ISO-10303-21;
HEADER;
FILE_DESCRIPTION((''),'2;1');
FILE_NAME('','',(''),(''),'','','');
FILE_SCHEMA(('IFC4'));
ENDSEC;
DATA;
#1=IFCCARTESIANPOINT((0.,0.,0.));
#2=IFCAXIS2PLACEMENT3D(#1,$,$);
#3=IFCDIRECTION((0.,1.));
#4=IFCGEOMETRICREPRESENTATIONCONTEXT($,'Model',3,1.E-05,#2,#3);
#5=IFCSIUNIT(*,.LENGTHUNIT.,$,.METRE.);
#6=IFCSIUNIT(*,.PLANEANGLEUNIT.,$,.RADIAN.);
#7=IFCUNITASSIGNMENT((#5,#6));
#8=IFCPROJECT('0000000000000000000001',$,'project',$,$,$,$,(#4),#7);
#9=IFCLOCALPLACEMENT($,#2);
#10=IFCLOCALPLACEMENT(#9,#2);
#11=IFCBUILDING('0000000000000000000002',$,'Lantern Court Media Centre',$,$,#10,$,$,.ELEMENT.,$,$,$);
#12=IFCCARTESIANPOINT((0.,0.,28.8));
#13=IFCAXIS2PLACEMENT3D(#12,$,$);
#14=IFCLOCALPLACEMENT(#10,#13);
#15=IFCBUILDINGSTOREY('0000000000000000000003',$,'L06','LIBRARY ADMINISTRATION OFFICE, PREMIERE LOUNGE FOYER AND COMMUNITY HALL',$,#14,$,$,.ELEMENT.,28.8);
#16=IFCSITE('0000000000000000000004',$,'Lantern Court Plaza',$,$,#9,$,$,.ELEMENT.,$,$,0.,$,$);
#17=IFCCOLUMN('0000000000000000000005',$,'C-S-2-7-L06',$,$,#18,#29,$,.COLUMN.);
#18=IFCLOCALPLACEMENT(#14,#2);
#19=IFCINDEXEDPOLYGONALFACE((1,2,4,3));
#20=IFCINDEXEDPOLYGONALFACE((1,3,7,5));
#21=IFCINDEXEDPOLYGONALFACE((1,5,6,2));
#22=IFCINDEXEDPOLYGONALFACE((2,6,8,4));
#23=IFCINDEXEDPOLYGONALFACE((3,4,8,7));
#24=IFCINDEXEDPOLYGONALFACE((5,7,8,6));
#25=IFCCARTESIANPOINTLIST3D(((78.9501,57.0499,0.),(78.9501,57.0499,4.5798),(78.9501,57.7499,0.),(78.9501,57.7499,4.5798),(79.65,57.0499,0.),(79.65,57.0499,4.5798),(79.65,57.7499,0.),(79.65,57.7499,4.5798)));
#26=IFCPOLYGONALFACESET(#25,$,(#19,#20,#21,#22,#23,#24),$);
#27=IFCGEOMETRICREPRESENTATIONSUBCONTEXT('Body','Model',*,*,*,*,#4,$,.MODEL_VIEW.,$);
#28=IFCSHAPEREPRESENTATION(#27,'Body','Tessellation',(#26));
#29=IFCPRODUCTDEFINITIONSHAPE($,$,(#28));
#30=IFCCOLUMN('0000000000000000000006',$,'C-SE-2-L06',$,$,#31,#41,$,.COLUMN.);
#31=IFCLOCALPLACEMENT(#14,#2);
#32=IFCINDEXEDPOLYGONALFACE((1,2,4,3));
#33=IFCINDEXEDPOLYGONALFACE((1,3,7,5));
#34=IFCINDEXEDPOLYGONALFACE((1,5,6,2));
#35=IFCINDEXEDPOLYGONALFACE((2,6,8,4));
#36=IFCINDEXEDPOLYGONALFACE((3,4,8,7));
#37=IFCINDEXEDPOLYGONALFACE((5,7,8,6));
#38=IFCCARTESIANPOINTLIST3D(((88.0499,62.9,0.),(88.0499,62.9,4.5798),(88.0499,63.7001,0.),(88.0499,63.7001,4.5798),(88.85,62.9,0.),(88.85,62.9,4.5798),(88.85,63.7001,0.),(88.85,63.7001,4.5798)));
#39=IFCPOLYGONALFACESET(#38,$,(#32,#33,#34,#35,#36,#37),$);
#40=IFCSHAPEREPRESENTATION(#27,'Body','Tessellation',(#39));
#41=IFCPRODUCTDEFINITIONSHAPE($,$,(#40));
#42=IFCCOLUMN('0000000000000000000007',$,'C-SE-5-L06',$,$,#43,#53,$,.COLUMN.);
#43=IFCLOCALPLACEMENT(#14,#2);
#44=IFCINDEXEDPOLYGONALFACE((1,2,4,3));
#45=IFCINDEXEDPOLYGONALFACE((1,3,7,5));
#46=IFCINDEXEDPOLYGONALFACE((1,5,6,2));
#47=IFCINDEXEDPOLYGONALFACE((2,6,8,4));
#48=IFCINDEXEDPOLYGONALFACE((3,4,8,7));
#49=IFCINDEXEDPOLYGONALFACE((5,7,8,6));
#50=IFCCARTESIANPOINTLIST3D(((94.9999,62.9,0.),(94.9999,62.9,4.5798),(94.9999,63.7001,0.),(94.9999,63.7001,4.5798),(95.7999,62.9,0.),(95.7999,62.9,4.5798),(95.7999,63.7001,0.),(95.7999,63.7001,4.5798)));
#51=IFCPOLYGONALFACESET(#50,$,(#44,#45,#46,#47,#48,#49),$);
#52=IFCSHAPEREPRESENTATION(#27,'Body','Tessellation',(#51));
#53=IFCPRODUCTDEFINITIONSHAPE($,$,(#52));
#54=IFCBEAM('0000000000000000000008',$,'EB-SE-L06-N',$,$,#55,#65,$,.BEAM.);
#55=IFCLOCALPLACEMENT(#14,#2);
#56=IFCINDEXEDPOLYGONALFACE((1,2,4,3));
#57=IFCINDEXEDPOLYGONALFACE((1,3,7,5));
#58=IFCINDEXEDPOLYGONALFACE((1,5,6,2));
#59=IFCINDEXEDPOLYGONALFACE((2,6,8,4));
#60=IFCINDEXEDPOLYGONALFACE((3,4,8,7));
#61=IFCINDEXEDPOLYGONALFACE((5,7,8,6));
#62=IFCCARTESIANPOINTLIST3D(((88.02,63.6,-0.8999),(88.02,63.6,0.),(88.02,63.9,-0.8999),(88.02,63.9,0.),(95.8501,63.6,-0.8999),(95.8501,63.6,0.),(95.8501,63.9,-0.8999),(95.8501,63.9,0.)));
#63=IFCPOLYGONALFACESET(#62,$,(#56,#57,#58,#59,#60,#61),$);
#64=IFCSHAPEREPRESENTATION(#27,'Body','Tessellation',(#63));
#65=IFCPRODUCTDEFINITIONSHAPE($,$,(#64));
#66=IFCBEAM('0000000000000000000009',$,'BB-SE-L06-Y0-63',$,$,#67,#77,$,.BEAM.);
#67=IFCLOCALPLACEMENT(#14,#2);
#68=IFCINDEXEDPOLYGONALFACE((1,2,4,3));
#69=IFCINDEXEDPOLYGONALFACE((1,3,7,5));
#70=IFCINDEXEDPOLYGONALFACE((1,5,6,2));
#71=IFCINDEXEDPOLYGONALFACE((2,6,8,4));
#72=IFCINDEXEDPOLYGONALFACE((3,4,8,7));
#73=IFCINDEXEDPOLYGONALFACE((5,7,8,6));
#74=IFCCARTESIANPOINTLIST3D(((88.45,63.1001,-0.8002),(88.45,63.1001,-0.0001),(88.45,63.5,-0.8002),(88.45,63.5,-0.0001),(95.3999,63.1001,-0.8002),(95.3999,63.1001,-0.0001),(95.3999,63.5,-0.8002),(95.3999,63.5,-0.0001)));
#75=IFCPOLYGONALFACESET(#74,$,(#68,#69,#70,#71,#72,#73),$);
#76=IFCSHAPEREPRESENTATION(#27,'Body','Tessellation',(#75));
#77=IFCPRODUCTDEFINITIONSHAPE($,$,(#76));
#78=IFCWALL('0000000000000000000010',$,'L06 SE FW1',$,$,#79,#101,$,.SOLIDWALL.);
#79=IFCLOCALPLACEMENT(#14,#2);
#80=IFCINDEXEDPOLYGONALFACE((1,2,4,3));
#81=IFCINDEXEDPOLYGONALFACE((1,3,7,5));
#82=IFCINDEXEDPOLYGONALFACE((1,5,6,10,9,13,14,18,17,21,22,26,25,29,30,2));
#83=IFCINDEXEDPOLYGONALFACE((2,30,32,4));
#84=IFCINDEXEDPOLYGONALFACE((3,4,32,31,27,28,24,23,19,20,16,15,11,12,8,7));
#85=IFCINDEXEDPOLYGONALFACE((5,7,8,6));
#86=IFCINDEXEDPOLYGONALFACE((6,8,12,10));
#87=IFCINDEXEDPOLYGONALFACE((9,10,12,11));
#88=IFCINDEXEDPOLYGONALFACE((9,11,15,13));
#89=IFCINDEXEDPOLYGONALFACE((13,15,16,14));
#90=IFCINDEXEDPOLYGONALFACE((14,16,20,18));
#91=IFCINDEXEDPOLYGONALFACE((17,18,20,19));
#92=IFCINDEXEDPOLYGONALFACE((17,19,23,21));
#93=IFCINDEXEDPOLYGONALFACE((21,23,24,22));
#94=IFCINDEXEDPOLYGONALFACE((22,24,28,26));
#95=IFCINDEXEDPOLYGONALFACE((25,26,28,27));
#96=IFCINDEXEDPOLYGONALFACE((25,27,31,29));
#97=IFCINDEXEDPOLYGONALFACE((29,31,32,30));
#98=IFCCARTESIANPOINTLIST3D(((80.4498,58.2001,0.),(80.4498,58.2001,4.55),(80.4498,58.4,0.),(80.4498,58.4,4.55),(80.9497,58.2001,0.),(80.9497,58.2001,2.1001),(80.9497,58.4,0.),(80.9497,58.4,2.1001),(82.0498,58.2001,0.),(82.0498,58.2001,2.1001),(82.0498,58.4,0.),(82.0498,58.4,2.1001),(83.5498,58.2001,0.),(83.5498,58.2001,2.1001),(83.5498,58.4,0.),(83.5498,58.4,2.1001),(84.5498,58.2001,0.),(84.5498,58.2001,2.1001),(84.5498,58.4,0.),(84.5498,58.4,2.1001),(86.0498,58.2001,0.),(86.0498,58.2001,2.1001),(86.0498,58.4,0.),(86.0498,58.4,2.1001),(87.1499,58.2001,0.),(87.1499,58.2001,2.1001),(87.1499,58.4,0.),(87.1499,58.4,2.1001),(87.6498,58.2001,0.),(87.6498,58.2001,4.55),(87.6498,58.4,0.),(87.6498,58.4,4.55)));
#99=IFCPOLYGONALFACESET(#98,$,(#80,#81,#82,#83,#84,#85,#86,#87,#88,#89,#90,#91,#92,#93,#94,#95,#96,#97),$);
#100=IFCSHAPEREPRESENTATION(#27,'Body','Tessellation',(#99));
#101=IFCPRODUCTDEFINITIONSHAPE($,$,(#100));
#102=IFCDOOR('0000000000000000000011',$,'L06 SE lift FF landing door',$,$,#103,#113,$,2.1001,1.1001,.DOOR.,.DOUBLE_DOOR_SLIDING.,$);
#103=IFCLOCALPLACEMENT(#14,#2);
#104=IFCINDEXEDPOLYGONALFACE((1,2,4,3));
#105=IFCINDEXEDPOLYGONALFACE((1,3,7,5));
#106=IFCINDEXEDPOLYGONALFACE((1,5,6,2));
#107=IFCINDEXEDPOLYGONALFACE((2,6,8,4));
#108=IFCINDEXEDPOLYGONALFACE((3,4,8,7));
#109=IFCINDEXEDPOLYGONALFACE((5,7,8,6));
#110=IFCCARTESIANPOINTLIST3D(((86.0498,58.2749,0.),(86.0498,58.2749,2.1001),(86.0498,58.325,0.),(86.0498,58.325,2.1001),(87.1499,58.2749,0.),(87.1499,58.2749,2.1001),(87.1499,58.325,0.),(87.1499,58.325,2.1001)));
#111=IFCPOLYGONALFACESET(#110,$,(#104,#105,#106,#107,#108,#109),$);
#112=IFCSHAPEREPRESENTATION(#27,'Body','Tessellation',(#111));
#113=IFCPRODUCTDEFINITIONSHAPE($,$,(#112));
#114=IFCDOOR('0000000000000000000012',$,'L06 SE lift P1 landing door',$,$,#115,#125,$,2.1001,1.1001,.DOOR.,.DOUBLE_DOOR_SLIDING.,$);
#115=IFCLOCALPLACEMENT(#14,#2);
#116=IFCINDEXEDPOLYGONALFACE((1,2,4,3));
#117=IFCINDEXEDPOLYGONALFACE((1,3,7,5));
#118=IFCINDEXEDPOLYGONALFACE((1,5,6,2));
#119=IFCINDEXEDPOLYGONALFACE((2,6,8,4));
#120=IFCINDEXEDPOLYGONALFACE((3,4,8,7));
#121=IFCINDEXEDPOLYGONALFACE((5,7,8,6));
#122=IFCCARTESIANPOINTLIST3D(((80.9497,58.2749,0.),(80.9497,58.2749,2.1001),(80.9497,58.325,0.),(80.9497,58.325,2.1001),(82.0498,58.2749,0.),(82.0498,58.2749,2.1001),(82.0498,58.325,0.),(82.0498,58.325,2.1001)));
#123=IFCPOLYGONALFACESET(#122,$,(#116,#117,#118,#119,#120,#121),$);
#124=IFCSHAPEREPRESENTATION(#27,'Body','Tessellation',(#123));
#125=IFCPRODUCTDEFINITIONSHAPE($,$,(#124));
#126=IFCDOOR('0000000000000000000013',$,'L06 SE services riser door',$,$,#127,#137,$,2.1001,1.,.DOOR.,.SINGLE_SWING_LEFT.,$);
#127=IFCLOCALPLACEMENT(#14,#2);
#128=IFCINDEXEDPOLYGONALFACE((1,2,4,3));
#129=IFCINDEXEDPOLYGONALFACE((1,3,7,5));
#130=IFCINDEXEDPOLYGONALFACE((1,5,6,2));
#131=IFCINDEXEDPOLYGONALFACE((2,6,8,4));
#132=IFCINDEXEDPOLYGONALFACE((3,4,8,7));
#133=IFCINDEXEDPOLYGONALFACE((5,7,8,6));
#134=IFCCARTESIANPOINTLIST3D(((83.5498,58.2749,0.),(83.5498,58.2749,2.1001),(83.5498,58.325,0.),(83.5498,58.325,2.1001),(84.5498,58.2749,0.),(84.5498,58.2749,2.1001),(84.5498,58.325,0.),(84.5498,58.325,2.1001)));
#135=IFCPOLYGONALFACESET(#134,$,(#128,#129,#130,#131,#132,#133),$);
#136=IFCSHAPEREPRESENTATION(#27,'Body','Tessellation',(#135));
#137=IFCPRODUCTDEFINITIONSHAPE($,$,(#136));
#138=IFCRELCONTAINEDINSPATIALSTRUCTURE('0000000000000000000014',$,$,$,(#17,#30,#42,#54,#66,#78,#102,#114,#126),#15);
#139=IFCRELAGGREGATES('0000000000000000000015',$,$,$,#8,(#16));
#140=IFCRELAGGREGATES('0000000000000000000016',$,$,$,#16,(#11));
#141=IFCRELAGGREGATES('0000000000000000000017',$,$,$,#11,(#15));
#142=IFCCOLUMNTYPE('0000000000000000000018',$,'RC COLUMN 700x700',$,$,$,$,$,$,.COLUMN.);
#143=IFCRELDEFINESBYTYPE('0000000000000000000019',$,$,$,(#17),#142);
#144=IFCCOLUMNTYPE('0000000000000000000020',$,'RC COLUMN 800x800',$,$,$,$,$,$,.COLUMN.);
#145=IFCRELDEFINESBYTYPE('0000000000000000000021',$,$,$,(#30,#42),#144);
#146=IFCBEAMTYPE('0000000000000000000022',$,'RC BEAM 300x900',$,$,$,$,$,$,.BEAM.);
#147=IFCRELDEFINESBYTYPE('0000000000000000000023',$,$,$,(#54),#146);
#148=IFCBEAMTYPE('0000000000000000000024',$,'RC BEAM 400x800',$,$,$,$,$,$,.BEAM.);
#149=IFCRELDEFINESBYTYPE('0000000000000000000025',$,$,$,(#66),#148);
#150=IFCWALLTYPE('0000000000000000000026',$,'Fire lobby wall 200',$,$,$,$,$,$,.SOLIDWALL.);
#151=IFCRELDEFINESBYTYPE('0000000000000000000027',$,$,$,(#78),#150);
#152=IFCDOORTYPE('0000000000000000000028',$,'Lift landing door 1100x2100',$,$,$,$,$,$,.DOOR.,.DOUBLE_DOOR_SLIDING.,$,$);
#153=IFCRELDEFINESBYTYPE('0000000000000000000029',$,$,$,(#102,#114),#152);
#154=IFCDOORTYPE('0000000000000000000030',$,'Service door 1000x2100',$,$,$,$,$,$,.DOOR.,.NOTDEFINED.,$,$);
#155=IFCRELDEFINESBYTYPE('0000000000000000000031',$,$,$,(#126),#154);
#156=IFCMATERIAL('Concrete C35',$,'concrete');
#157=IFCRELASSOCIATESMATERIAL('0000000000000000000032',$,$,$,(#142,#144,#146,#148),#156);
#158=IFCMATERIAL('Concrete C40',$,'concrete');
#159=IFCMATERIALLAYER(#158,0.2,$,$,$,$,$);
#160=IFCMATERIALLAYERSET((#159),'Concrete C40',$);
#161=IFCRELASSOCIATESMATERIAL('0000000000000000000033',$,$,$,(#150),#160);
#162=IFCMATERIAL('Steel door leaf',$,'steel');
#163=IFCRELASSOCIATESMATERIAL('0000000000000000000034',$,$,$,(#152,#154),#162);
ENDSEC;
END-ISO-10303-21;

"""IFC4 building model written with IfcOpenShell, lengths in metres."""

from ifc_helpers import new_model, si_unit, direction, frame, frame_2d, origin, origin_2d, place, context, subcontext, project, spatial, rectangle, extrude, material, layer, layer_set, material_profile, profile_set, type_object, element, fill, save


model = new_model("IFC4")

# Units and contexts
model_context = context("Model", 3, precision=1e-05, world=origin(), true_north=direction((0.0, 1.0)))
body_context = subcontext(model_context, "Body", "Model", "MODEL_VIEW")
ifc_project = project(units=[si_unit("LENGTHUNIT", "METRE"), si_unit("PLANEANGLEUNIT", "RADIAN")], contexts=[model_context])

# Site, building, storey
site_placement = place(None, origin())
site = spatial("IfcSite", under=ifc_project, at=site_placement, Name="Lantern Court Plaza", CompositionType="ELEMENT", RefElevation=0.0)
building_placement = place(site_placement, origin())
building = spatial("IfcBuilding", under=site, at=building_placement, Name="Lantern Court Media Centre", CompositionType="ELEMENT")
storey_placement = place(building_placement, frame((0.0, 0.0, 28.8)))
storey = spatial("IfcBuildingStorey", under=building, at=storey_placement, Name="L06", Description="LIBRARY ADMINISTRATION OFFICE, PREMIERE LOUNGE FOYER AND COMMUNITY HALL", CompositionType="ELEMENT", Elevation=28.8)

# Columns
ifc_material_1 = material(Name="Concrete C35", Category="concrete")
ifc_material_profile_1 = material_profile(ifc_material_1, rectangle(XDim=0.7, YDim=0.7, at=origin_2d()), Name="RC 700x700")
ifc_profile_set_1 = profile_set([ifc_material_profile_1], Name="Concrete C35")
column_type_1 = type_object("IfcColumnType", Name="RC COLUMN 700x700", PredefinedType="COLUMN", material=ifc_profile_set_1)
column_placement = place(storey_placement, frame((79.3, 57.3999, 0.0), z_axis=(0.0, 0.0, 1.0), x_axis=(1.0, 0.0, 0.0)))
element("IfcColumn", 1, at=column_placement, inside=storey, type_object=column_type_1, Name="C-S-2-7-L06", PredefinedType="COLUMN", context=body_context, shape_type="SweptSolid", body=[
    extrude(rectangle(XDim=0.7, YDim=0.7, at=origin_2d()), origin(), (0.0, 0.0, 1.0), 4.5798),
])
ifc_material_profile_2 = material_profile(ifc_material_1, rectangle(XDim=0.8, YDim=0.8, at=origin_2d()), Name="RC 800x800")
ifc_profile_set_2 = profile_set([ifc_material_profile_2], Name="Concrete C35")
column_type_2 = type_object("IfcColumnType", Name="RC COLUMN 800x800", PredefinedType="COLUMN", material=ifc_profile_set_2)
for number, where, z_axis, x_axis, name in (
    (2, (88.45, 63.3, 0.0), (0.0, 0.0, 1.0), (1.0, 0.0, 0.0), "C-SE-2-L06"),
    (3, (95.3999, 63.3, 0.0), (0.0, 0.0, 1.0), (1.0, 0.0, 0.0), "C-SE-5-L06"),
):
    element("IfcColumn", number, at=place(storey_placement, frame(where, z_axis=z_axis, x_axis=x_axis)), inside=storey, type_object=column_type_2, Name=name, PredefinedType="COLUMN", context=body_context, shape_type="SweptSolid", body=[
        extrude(rectangle(XDim=0.8, YDim=0.8, at=origin_2d()), origin(), (0.0, 0.0, 1.0), 4.5798),
    ])

# Beams
ifc_material_profile_3 = material_profile(ifc_material_1, rectangle(XDim=0.3, YDim=0.8999, at=origin_2d()), Name="RC 300x900")
ifc_profile_set_3 = profile_set([ifc_material_profile_3], Name="Concrete C35")
beam_type_1 = type_object("IfcBeamType", Name="RC BEAM 300x900", PredefinedType="BEAM", material=ifc_profile_set_3)
beam_1_placement = place(storey_placement, frame((88.02, 63.75, -0.45), z_axis=(1.0, 0.0, 0.0), x_axis=(0.0, 1.0, 0.0)))
element("IfcBeam", 4, at=beam_1_placement, inside=storey, type_object=beam_type_1, Name="EB-SE-L06-N", PredefinedType="BEAM", context=body_context, shape_type="SweptSolid", body=[
    extrude(rectangle(XDim=0.3, YDim=0.8999, at=origin_2d()), origin(), (0.0, 0.0, 1.0), 7.8301),
])
ifc_material_profile_4 = material_profile(ifc_material_1, rectangle(XDim=0.3999, YDim=0.8, at=origin_2d()), Name="RC 400x800")
ifc_profile_set_4 = profile_set([ifc_material_profile_4], Name="Concrete C35")
beam_type_2 = type_object("IfcBeamType", Name="RC BEAM 400x800", PredefinedType="BEAM", material=ifc_profile_set_4)
beam_2_placement = place(storey_placement, frame((88.45, 63.3, -0.4001), z_axis=(1.0, 0.0, 0.0), x_axis=(0.0, 1.0, 0.0)))
element("IfcBeam", 5, at=beam_2_placement, inside=storey, type_object=beam_type_2, Name="BB-SE-L06-Y0-63", PredefinedType="BEAM", context=body_context, shape_type="SweptSolid", body=[
    extrude(rectangle(XDim=0.3999, YDim=0.8, at=origin_2d()), origin(), (0.0, 0.0, 1.0), 6.95),
])

# Wall, openings, doors
ifc_material_2 = material(Name="Concrete C40", Category="concrete")
ifc_layer_1 = layer(ifc_material_2, 0.2)
ifc_layer_set_1 = layer_set([ifc_layer_1], Name="Concrete C40")
wall_type_1 = type_object("IfcWallType", Name="Fire lobby wall 200", PredefinedType="SOLIDWALL", material=ifc_layer_set_1)
wall_1_placement = place(storey_placement, frame((87.6499, 58.3, 0.0), z_axis=(0.0, 0.0, 1.0), x_axis=(-1.0, 0.0, 0.0)))
wall_1 = element("IfcWall", 6, at=wall_1_placement, inside=storey, type_object=wall_type_1, Name="L06 SE FW1", PredefinedType="SOLIDWALL", context=body_context, shape_type="SweptSolid", body=[
    extrude(rectangle(XDim=7.2, YDim=0.2, at=frame_2d((3.6001, 0.0))), origin(), (0.0, 0.0, 1.0), 4.55),
])
opening_1_placement = place(wall_1_placement, frame((0.5, 0.0, 0.0)))
opening_1 = element("IfcOpeningElement", 7, at=opening_1_placement, cuts=wall_1, PredefinedType="OPENING", context=body_context, shape_type="SweptSolid", body=[
    extrude(rectangle(XDim=1.1001, YDim=2.1001, at=frame_2d((0.55, 1.05))), frame((0.0, 0.1099, 0.0), z_axis=(0.0, -1.0, 0.0), x_axis=(1.0, 0.0, 0.0)), (0.0, 0.0, 1.0), 0.22),
])
opening_2_placement = place(wall_1_placement, frame((5.6001, 0.0, 0.0)))
opening_2 = element("IfcOpeningElement", 8, at=opening_2_placement, cuts=wall_1, PredefinedType="OPENING", context=body_context, shape_type="SweptSolid", body=[
    extrude(rectangle(XDim=1.1001, YDim=2.1001, at=frame_2d((0.55, 1.05))), frame((0.0, 0.1099, 0.0), z_axis=(0.0, -1.0, 0.0), x_axis=(1.0, 0.0, 0.0)), (0.0, 0.0, 1.0), 0.22),
])
opening_3_placement = place(wall_1_placement, frame((3.1001, 0.0, 0.0)))
opening_3 = element("IfcOpeningElement", 9, at=opening_3_placement, cuts=wall_1, PredefinedType="OPENING", context=body_context, shape_type="SweptSolid", body=[
    extrude(rectangle(XDim=1.0, YDim=2.1001, at=frame_2d((0.5, 1.05))), frame((0.0, 0.1099, 0.0), z_axis=(0.0, -1.0, 0.0), x_axis=(1.0, 0.0, 0.0)), (0.0, 0.0, 1.0), 0.22),
])
ifc_material_3 = material(Name="Steel door leaf", Category="steel")
door_type_1 = type_object("IfcDoorType", Name="Lift landing door 1100x2100", OperationType="DOUBLE_DOOR_SLIDING", PredefinedType="DOOR", material=ifc_material_3)
door_1_placement = place(opening_1_placement, frame((1.1001, 0.0, 0.0), z_axis=(0.0, 0.0, 1.0), x_axis=(-1.0, 0.0, 0.0)))
door_1 = element("IfcDoor", 10, at=door_1_placement, inside=storey, type_object=door_type_1, Name="L06 SE lift FF landing door", OperationType="DOUBLE_DOOR_SLIDING", OverallHeight=2.1001, OverallWidth=1.1001, PredefinedType="DOOR", context=body_context, shape_type="SweptSolid", body=[
    extrude(rectangle(XDim=1.1001, YDim=2.1001, at=frame_2d((0.55, 1.05))), frame((0.0, 0.0249, 0.0), z_axis=(0.0, -1.0, 0.0), x_axis=(1.0, 0.0, 0.0)), (0.0, 0.0, 1.0), 0.05),
])
fill(opening_1, door_1)
door_2_placement = place(opening_2_placement, frame((1.1001, 0.0, 0.0), z_axis=(0.0, 0.0, 1.0), x_axis=(-1.0, 0.0, 0.0)))
door_2 = element("IfcDoor", 11, at=door_2_placement, inside=storey, type_object=door_type_1, Name="L06 SE lift P1 landing door", OperationType="DOUBLE_DOOR_SLIDING", OverallHeight=2.1001, OverallWidth=1.1001, PredefinedType="DOOR", context=body_context, shape_type="SweptSolid", body=[
    extrude(rectangle(XDim=1.1001, YDim=2.1001, at=frame_2d((0.55, 1.05))), frame((0.0, 0.0249, 0.0), z_axis=(0.0, -1.0, 0.0), x_axis=(1.0, 0.0, 0.0)), (0.0, 0.0, 1.0), 0.05),
])
fill(opening_2, door_2)
door_type_2 = type_object("IfcDoorType", Name="Service door 1000x2100", OperationType="NOTDEFINED", PredefinedType="DOOR", material=ifc_material_3)
door_3_placement = place(opening_3_placement, frame((1.0, 0.0, 0.0), z_axis=(0.0, 0.0, 1.0), x_axis=(-1.0, 0.0, 0.0)))
door_3 = element("IfcDoor", 12, at=door_3_placement, inside=storey, type_object=door_type_2, Name="L06 SE services riser door", OperationType="SINGLE_SWING_LEFT", OverallHeight=2.1001, OverallWidth=1.0, PredefinedType="DOOR", context=body_context, shape_type="SweptSolid", body=[
    extrude(rectangle(XDim=1.0, YDim=2.1001, at=frame_2d((0.5, 1.05))), frame((0.0, 0.0249, 0.0), z_axis=(0.0, -1.0, 0.0), x_axis=(1.0, 0.0, 0.0)), (0.0, 0.0, 1.0), 0.05),
])
fill(opening_3, door_3)

save(model, "model.ifc")
